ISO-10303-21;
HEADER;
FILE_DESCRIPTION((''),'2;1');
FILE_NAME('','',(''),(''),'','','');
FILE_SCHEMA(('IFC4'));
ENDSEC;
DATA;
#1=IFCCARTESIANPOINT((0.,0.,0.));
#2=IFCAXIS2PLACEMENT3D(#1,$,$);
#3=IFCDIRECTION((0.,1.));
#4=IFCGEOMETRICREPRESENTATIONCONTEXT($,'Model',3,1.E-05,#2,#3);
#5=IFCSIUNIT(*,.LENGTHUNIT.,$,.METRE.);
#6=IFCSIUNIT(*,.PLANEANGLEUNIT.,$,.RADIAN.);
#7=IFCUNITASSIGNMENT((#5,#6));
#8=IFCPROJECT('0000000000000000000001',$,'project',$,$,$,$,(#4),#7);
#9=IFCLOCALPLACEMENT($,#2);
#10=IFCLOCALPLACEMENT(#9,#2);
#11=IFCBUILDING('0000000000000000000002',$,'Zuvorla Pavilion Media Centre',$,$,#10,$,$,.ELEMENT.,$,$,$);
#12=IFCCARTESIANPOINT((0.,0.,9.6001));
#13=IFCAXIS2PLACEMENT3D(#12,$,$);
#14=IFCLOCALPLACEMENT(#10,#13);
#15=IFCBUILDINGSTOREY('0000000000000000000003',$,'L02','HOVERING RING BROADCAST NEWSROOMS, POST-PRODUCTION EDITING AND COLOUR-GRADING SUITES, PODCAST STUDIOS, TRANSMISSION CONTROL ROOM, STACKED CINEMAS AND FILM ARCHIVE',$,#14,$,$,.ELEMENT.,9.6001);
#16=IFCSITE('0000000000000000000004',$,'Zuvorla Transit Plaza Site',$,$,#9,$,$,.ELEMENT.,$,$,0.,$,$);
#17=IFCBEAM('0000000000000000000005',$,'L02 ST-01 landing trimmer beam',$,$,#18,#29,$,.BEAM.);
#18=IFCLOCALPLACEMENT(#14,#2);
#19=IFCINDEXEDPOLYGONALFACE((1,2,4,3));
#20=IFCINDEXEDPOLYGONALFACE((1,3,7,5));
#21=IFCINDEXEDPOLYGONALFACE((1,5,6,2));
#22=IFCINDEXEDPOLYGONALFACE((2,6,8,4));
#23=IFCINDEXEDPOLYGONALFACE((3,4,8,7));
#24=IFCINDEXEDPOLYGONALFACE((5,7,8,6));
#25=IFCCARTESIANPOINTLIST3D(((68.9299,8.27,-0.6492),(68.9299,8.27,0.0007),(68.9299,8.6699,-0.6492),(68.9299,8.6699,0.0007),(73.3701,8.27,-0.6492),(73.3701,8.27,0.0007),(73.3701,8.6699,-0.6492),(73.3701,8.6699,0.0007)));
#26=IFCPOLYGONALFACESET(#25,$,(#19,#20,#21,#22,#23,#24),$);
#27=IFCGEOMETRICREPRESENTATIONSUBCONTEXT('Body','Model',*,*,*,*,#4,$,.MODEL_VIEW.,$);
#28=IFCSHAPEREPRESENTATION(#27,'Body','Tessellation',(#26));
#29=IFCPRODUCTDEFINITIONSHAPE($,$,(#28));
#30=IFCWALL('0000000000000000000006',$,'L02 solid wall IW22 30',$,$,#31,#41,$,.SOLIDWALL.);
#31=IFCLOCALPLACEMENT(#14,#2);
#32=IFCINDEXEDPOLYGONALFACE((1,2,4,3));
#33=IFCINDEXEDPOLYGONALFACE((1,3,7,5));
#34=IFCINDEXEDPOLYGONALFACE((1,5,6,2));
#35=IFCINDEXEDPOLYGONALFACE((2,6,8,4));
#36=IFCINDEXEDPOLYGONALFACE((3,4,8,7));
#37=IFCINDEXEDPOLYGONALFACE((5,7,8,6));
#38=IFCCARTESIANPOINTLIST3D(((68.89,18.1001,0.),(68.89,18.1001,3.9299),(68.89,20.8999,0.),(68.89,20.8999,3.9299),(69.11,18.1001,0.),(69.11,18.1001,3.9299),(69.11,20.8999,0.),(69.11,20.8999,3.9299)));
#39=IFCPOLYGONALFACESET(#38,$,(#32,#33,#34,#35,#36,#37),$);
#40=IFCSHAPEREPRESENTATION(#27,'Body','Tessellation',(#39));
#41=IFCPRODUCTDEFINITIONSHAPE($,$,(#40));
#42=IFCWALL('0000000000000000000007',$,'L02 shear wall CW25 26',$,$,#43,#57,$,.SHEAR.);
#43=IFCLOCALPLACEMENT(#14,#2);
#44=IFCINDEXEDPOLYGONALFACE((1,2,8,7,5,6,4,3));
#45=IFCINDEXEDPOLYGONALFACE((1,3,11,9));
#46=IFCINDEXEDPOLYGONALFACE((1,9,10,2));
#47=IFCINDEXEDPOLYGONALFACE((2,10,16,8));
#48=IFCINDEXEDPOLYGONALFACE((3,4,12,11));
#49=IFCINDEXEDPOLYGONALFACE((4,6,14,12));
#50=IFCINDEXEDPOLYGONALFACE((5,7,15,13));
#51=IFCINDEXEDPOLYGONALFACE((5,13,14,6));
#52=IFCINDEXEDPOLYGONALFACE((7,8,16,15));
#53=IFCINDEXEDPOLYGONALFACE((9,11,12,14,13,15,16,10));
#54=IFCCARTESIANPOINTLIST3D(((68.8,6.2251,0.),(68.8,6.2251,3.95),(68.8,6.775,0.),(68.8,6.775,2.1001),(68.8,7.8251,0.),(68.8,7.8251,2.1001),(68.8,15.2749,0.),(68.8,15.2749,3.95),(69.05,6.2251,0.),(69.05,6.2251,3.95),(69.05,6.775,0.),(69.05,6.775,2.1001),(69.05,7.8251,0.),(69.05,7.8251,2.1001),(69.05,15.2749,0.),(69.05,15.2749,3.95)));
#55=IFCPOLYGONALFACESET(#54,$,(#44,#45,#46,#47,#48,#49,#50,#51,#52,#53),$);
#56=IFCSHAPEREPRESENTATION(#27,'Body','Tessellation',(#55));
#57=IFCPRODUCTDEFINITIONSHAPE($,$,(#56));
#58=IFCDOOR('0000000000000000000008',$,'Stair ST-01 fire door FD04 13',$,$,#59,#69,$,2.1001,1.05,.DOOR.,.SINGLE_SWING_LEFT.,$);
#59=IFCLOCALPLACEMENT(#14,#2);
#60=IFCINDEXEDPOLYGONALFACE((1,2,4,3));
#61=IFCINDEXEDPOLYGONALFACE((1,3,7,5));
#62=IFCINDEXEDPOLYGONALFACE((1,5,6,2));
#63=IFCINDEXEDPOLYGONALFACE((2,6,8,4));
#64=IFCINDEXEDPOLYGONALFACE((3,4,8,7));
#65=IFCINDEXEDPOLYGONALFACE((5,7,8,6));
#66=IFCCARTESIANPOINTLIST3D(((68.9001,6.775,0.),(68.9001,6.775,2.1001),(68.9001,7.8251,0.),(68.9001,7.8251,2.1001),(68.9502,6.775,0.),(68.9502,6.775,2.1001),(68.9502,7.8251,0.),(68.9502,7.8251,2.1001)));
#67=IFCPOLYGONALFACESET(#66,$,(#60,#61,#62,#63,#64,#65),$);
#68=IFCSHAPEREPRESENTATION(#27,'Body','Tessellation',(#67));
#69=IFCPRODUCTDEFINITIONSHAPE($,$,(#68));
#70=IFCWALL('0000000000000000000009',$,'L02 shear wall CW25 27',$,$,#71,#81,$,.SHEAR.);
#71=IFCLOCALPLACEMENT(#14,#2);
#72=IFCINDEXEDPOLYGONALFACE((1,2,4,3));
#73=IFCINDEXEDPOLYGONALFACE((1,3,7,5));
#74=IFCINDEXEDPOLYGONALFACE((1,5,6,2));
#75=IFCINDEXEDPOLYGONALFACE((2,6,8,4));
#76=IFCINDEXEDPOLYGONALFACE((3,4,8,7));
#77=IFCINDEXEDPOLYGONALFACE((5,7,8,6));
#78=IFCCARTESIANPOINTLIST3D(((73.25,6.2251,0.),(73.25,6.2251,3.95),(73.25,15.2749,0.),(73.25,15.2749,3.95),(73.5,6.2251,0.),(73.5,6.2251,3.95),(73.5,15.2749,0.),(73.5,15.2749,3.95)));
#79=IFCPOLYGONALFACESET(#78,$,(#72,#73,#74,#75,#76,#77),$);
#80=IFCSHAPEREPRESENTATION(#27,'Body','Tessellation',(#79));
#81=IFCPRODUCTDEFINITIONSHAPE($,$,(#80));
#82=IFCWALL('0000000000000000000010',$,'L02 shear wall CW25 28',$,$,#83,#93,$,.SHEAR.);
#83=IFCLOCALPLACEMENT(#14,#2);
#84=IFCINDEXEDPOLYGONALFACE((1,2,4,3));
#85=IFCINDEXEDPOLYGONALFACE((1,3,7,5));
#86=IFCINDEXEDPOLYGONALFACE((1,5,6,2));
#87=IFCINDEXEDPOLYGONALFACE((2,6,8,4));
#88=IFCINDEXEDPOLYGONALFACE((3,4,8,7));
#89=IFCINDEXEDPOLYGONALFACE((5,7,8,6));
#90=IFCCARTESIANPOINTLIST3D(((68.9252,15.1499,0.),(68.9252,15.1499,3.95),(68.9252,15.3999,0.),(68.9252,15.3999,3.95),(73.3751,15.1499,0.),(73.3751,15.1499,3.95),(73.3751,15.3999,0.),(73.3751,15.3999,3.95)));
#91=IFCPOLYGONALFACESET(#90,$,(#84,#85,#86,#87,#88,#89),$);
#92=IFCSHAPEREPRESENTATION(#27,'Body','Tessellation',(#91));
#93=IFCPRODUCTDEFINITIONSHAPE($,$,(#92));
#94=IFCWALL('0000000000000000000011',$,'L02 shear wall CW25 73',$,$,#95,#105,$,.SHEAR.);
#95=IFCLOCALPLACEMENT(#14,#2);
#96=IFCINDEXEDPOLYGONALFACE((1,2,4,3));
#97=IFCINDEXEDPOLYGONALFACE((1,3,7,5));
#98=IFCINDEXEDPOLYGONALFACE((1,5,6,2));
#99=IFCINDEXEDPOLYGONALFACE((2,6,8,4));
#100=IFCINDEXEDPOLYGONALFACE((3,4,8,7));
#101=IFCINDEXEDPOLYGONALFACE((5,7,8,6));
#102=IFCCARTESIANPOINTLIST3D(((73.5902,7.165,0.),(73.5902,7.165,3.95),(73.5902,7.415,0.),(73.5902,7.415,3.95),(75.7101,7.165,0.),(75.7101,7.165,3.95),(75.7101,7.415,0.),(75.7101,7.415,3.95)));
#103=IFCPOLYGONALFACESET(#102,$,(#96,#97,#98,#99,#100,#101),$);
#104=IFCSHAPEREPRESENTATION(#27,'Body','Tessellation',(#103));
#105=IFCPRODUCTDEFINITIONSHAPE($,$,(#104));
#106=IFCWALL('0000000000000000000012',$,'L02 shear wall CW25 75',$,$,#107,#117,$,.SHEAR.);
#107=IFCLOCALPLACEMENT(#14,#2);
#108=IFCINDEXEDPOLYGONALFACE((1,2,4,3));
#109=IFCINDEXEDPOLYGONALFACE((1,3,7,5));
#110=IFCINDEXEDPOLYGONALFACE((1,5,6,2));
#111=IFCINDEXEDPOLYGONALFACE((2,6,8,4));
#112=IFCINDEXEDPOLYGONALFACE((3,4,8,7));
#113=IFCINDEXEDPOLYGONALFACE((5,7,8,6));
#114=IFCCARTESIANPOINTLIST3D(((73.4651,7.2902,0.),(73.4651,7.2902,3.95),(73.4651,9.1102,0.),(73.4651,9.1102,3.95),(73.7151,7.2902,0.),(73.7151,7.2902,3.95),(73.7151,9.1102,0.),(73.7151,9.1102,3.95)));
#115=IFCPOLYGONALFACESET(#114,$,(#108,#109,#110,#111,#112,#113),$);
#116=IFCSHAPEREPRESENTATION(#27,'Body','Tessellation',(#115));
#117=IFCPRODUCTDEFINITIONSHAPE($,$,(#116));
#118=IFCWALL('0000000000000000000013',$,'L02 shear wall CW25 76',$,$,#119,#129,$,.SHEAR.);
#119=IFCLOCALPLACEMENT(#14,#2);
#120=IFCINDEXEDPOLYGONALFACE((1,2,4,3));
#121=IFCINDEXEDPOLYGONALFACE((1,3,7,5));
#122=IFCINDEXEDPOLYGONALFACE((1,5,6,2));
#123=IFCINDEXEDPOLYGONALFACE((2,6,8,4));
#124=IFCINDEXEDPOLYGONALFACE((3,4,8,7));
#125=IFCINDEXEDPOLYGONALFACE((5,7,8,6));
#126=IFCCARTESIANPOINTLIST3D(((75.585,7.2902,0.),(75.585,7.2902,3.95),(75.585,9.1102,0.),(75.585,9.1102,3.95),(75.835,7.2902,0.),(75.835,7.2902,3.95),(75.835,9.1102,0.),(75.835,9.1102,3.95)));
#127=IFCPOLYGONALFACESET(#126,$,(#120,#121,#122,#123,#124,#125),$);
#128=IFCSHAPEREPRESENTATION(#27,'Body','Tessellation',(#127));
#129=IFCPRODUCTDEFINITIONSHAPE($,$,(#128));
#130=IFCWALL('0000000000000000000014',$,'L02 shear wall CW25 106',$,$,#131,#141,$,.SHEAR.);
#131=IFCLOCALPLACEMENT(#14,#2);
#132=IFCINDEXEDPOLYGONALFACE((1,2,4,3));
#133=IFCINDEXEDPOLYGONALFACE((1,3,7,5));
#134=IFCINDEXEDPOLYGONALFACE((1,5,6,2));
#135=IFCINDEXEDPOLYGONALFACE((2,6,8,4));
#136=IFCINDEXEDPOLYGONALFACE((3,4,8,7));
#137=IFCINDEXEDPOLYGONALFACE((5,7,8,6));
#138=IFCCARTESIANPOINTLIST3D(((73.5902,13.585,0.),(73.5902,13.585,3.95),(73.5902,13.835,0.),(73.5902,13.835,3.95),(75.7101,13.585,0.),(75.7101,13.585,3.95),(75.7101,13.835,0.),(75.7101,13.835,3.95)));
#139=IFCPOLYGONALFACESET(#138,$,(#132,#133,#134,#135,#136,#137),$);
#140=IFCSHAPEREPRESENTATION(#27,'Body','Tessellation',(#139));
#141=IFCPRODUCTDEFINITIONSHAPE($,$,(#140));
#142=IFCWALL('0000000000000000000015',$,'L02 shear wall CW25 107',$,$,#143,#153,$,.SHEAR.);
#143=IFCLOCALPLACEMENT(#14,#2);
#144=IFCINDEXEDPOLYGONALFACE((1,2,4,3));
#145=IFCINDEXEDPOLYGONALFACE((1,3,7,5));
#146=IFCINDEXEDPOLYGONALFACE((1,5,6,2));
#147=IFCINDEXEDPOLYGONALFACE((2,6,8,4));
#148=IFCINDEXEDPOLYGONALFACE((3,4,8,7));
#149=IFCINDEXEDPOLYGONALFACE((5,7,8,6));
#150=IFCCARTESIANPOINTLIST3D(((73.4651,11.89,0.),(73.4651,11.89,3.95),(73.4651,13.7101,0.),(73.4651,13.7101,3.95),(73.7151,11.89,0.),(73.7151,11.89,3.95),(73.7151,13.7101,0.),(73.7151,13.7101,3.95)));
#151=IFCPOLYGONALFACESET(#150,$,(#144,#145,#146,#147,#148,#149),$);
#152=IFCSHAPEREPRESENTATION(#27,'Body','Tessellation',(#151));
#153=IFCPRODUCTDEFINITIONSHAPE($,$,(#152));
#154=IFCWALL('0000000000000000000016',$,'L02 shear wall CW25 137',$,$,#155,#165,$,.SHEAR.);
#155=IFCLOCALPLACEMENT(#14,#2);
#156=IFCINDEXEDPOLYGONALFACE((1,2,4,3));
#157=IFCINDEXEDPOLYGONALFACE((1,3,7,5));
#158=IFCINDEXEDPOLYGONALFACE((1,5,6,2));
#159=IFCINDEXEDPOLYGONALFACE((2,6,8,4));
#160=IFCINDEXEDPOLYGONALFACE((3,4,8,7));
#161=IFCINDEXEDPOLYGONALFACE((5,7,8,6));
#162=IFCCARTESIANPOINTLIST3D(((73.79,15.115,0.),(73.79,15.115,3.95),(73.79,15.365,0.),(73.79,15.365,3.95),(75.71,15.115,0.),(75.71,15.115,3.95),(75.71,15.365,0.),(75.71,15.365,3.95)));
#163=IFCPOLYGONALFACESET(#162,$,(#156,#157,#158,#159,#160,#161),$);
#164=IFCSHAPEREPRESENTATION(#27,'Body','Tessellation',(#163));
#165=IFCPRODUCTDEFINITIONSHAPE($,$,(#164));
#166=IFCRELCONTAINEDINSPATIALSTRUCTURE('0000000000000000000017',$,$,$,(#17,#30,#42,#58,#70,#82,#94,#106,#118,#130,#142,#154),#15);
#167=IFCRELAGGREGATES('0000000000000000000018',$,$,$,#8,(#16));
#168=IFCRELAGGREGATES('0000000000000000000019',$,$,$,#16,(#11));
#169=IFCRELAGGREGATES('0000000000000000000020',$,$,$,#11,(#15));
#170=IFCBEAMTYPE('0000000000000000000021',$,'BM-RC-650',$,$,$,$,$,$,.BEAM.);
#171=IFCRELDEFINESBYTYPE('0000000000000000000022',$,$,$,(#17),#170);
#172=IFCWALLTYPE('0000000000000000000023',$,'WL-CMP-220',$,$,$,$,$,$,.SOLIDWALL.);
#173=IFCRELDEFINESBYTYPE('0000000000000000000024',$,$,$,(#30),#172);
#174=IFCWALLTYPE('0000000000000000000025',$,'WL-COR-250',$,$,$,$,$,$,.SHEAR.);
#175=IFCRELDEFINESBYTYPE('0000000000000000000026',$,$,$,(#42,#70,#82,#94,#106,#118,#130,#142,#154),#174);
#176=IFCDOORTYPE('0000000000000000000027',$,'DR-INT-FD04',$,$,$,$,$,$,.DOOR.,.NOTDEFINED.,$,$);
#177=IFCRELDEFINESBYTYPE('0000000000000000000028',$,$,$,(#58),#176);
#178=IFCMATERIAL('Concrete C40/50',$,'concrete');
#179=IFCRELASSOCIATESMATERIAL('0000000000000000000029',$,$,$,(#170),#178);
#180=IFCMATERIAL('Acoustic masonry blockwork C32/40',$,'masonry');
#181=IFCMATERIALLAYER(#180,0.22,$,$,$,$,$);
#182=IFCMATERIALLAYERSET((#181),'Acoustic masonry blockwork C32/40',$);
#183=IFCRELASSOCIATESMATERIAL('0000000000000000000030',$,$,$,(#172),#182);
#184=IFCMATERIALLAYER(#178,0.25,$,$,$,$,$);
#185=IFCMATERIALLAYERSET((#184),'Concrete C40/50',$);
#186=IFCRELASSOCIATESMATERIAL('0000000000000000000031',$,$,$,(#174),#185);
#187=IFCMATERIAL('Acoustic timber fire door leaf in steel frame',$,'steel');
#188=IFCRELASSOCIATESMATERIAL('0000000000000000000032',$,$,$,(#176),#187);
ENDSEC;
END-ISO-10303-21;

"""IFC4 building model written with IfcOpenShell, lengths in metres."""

from ifc_helpers import new_model, si_unit, direction, frame, frame_2d, origin, origin_2d, place, context, subcontext, project, spatial, rectangle, extrude, material, layer, layer_set, material_profile, profile_set, type_object, element, fill, save


model = new_model("IFC4")

# Units and contexts
model_context = context("Model", 3, precision=1e-05, world=origin(), true_north=direction((0.0, 1.0)))
body_context = subcontext(model_context, "Body", "Model", "MODEL_VIEW")
ifc_project = project(units=[si_unit("LENGTHUNIT", "METRE"), si_unit("PLANEANGLEUNIT", "RADIAN")], contexts=[model_context])

# Site, building, storey
site_placement = place(None, origin())
site = spatial("IfcSite", under=ifc_project, at=site_placement, Name="Zuvorla Transit Plaza Site", CompositionType="ELEMENT", RefElevation=0.0)
building_placement = place(site_placement, origin())
building = spatial("IfcBuilding", under=site, at=building_placement, Name="Zuvorla Pavilion Media Centre", CompositionType="ELEMENT")
storey_placement = place(building_placement, frame((0.0, 0.0, 9.6001)))
storey = spatial("IfcBuildingStorey", under=building, at=storey_placement, Name="L02", Description="HOVERING RING BROADCAST NEWSROOMS, POST-PRODUCTION EDITING AND COLOUR-GRADING SUITES, PODCAST STUDIOS, TRANSMISSION CONTROL ROOM, STACKED CINEMAS AND FILM ARCHIVE", CompositionType="ELEMENT", Elevation=9.6001)

# Beam
ifc_material_1 = material(Name="Concrete C40/50", Category="concrete")
ifc_material_profile = material_profile(ifc_material_1, rectangle(XDim=0.3999, YDim=0.6499, at=origin_2d()), Name="RC 400x650")
ifc_profile_set = profile_set([ifc_material_profile], Name="Concrete C40/50")
beam_type = type_object("IfcBeamType", Name="BM-RC-650", PredefinedType="BEAM", material=ifc_profile_set)
beam_placement = place(storey_placement, frame((68.9299, 8.47, -0.3242), z_axis=(1.0, 0.0, 0.0), x_axis=(0.0, 1.0, 0.0)))
element("IfcBeam", 1, at=beam_placement, inside=storey, type_object=beam_type, Name="L02 ST-01 landing trimmer beam", PredefinedType="BEAM", context=body_context, shape_type="SweptSolid", body=[
    extrude(rectangle(XDim=0.3999, YDim=0.6499, at=origin_2d()), origin(), (0.0, 0.0, 1.0), 4.4402),
])

# Wall
ifc_material_2 = material(Name="Acoustic masonry blockwork C32/40", Category="masonry")
ifc_layer_1 = layer(ifc_material_2, 0.22)
ifc_layer_set_1 = layer_set([ifc_layer_1], Name="Acoustic masonry blockwork C32/40")
wall_type_1 = type_object("IfcWallType", Name="WL-CMP-220", PredefinedType="SOLIDWALL", material=ifc_layer_set_1)
wall_1_placement = place(storey_placement, frame((69.0, 18.1001, 0.0), z_axis=(0.0, 0.0, 1.0), x_axis=(0.0, 1.0, 0.0)))
element("IfcWall", 2, at=wall_1_placement, inside=storey, type_object=wall_type_1, Name="L02 solid wall IW22 30", PredefinedType="SOLIDWALL", context=body_context, shape_type="SweptSolid", body=[
    extrude(rectangle(XDim=2.7998, YDim=0.22, at=frame_2d((1.3999, 0.0))), origin(), (0.0, 0.0, 1.0), 3.9299),
])

# Wall, opening, door
ifc_layer_2 = layer(ifc_material_1, 0.25)
ifc_layer_set_2 = layer_set([ifc_layer_2], Name="Concrete C40/50")
wall_type_2 = type_object("IfcWallType", Name="WL-COR-250", PredefinedType="SHEAR", material=ifc_layer_set_2)
wall_2_placement = place(storey_placement, frame((68.925, 6.2251, 0.0), z_axis=(0.0, 0.0, 1.0), x_axis=(0.0, 1.0, 0.0)))
wall_2 = element("IfcWall", 3, at=wall_2_placement, inside=storey, type_object=wall_type_2, Name="L02 shear wall CW25 26", PredefinedType="SHEAR", context=body_context, shape_type="SweptSolid", body=[
    extrude(rectangle(XDim=9.0498, YDim=0.25, at=frame_2d((4.5249, 0.0))), origin(), (0.0, 0.0, 1.0), 3.95),
])
opening_1_placement = place(wall_2_placement, frame((0.55, 0.0, 0.0)))
opening_1 = element("IfcOpeningElement", 4, at=opening_1_placement, cuts=wall_2, PredefinedType="OPENING", context=body_context, shape_type="SweptSolid", body=[
    extrude(rectangle(XDim=1.05, YDim=2.1001, at=frame_2d((0.5249, 1.05))), frame((0.0, 0.135, 0.0), z_axis=(0.0, -1.0, 0.0), x_axis=(1.0, 0.0, 0.0)), (0.0, 0.0, 1.0), 0.27),
])
ifc_material_3 = material(Name="Acoustic timber fire door leaf in steel frame", Category="steel")
door_type_1 = type_object("IfcDoorType", Name="DR-INT-FD04", OperationType="NOTDEFINED", PredefinedType="DOOR", material=ifc_material_3)
door_1_placement = place(opening_1_placement, origin())
door_1 = element("IfcDoor", 5, at=door_1_placement, inside=storey, type_object=door_type_1, Name="Stair ST-01 fire door FD04 13", OperationType="SINGLE_SWING_LEFT", OverallHeight=2.1001, OverallWidth=1.05, PredefinedType="DOOR", context=body_context, shape_type="SweptSolid", body=[
    extrude(rectangle(XDim=1.05, YDim=2.1001, at=frame_2d((0.5249, 1.05))), frame((0.0, 0.0249, 0.0), z_axis=(0.0, -1.0, 0.0), x_axis=(1.0, 0.0, 0.0)), (0.0, 0.0, 1.0), 0.05),
])
fill(opening_1, door_1)

# Walls
wall_3_placement = place(storey_placement, frame((73.375, 6.2251, 0.0), z_axis=(0.0, 0.0, 1.0), x_axis=(0.0, 1.0, 0.0)))
element("IfcWall", 6, at=wall_3_placement, inside=storey, type_object=wall_type_2, Name="L02 shear wall CW25 27", PredefinedType="SHEAR", context=body_context, shape_type="SweptSolid", body=[
    extrude(rectangle(XDim=9.0498, YDim=0.25, at=frame_2d((4.5249, 0.0))), origin(), (0.0, 0.0, 1.0), 3.95),
])
wall_4_placement = place(storey_placement, frame((68.925, 15.2749, 0.0), z_axis=(0.0, 0.0, 1.0), x_axis=(1.0, 0.0, 0.0)))
element("IfcWall", 7, at=wall_4_placement, inside=storey, type_object=wall_type_2, Name="L02 shear wall CW25 28", PredefinedType="SHEAR", context=body_context, shape_type="SweptSolid", body=[
    extrude(rectangle(XDim=4.45, YDim=0.25, at=frame_2d((2.2251, 0.0))), origin(), (0.0, 0.0, 1.0), 3.95),
])
wall_5_placement = place(storey_placement, frame((73.5901, 7.29, 0.0), z_axis=(0.0, 0.0, 1.0), x_axis=(1.0, 0.0, 0.0)))
element("IfcWall", 8, at=wall_5_placement, inside=storey, type_object=wall_type_2, Name="L02 shear wall CW25 73", PredefinedType="SHEAR", context=body_context, shape_type="SweptSolid", body=[
    extrude(rectangle(XDim=2.1199, YDim=0.25, at=frame_2d((1.0601, 0.0))), origin(), (0.0, 0.0, 1.0), 3.95),
])

# Walls
for number, where, z_axis, x_axis, name in (
    (9, (73.5901, 7.29, 0.0), (0.0, 0.0, 1.0), (0.0, 1.0, 0.0), "L02 shear wall CW25 75"),
    (10, (75.71, 7.29, 0.0), (0.0, 0.0, 1.0), (0.0, 1.0, 0.0), "L02 shear wall CW25 76"),
):
    element("IfcWall", number, at=place(storey_placement, frame(where, z_axis=z_axis, x_axis=x_axis)), inside=storey, type_object=wall_type_2, Name=name, PredefinedType="SHEAR", context=body_context, shape_type="SweptSolid", body=[
        extrude(rectangle(XDim=1.8201, YDim=0.25, at=frame_2d((0.9102, 0.0))), origin(), (0.0, 0.0, 1.0), 3.95),
    ])

# Walls
wall_6_placement = place(storey_placement, frame((73.5901, 13.71, 0.0), z_axis=(0.0, 0.0, 1.0), x_axis=(1.0, 0.0, 0.0)))
element("IfcWall", 11, at=wall_6_placement, inside=storey, type_object=wall_type_2, Name="L02 shear wall CW25 106", PredefinedType="SHEAR", context=body_context, shape_type="SweptSolid", body=[
    extrude(rectangle(XDim=2.1199, YDim=0.25, at=frame_2d((1.0601, 0.0))), origin(), (0.0, 0.0, 1.0), 3.95),
])
wall_7_placement = place(storey_placement, frame((73.5901, 11.8899, 0.0), z_axis=(0.0, 0.0, 1.0), x_axis=(0.0, 1.0, 0.0)))
element("IfcWall", 12, at=wall_7_placement, inside=storey, type_object=wall_type_2, Name="L02 shear wall CW25 107", PredefinedType="SHEAR", context=body_context, shape_type="SweptSolid", body=[
    extrude(rectangle(XDim=1.8201, YDim=0.25, at=frame_2d((0.9102, 0.0))), origin(), (0.0, 0.0, 1.0), 3.95),
])
wall_8_placement = place(storey_placement, frame((73.79, 15.24, 0.0), z_axis=(0.0, 0.0, 1.0), x_axis=(1.0, 0.0, 0.0)))
element("IfcWall", 13, at=wall_8_placement, inside=storey, type_object=wall_type_2, Name="L02 shear wall CW25 137", PredefinedType="SHEAR", context=body_context, shape_type="SweptSolid", body=[
    extrude(rectangle(XDim=1.9199, YDim=0.25, at=frame_2d((0.96, 0.0))), origin(), (0.0, 0.0, 1.0), 3.95),
])

save(model, "model.ifc")
